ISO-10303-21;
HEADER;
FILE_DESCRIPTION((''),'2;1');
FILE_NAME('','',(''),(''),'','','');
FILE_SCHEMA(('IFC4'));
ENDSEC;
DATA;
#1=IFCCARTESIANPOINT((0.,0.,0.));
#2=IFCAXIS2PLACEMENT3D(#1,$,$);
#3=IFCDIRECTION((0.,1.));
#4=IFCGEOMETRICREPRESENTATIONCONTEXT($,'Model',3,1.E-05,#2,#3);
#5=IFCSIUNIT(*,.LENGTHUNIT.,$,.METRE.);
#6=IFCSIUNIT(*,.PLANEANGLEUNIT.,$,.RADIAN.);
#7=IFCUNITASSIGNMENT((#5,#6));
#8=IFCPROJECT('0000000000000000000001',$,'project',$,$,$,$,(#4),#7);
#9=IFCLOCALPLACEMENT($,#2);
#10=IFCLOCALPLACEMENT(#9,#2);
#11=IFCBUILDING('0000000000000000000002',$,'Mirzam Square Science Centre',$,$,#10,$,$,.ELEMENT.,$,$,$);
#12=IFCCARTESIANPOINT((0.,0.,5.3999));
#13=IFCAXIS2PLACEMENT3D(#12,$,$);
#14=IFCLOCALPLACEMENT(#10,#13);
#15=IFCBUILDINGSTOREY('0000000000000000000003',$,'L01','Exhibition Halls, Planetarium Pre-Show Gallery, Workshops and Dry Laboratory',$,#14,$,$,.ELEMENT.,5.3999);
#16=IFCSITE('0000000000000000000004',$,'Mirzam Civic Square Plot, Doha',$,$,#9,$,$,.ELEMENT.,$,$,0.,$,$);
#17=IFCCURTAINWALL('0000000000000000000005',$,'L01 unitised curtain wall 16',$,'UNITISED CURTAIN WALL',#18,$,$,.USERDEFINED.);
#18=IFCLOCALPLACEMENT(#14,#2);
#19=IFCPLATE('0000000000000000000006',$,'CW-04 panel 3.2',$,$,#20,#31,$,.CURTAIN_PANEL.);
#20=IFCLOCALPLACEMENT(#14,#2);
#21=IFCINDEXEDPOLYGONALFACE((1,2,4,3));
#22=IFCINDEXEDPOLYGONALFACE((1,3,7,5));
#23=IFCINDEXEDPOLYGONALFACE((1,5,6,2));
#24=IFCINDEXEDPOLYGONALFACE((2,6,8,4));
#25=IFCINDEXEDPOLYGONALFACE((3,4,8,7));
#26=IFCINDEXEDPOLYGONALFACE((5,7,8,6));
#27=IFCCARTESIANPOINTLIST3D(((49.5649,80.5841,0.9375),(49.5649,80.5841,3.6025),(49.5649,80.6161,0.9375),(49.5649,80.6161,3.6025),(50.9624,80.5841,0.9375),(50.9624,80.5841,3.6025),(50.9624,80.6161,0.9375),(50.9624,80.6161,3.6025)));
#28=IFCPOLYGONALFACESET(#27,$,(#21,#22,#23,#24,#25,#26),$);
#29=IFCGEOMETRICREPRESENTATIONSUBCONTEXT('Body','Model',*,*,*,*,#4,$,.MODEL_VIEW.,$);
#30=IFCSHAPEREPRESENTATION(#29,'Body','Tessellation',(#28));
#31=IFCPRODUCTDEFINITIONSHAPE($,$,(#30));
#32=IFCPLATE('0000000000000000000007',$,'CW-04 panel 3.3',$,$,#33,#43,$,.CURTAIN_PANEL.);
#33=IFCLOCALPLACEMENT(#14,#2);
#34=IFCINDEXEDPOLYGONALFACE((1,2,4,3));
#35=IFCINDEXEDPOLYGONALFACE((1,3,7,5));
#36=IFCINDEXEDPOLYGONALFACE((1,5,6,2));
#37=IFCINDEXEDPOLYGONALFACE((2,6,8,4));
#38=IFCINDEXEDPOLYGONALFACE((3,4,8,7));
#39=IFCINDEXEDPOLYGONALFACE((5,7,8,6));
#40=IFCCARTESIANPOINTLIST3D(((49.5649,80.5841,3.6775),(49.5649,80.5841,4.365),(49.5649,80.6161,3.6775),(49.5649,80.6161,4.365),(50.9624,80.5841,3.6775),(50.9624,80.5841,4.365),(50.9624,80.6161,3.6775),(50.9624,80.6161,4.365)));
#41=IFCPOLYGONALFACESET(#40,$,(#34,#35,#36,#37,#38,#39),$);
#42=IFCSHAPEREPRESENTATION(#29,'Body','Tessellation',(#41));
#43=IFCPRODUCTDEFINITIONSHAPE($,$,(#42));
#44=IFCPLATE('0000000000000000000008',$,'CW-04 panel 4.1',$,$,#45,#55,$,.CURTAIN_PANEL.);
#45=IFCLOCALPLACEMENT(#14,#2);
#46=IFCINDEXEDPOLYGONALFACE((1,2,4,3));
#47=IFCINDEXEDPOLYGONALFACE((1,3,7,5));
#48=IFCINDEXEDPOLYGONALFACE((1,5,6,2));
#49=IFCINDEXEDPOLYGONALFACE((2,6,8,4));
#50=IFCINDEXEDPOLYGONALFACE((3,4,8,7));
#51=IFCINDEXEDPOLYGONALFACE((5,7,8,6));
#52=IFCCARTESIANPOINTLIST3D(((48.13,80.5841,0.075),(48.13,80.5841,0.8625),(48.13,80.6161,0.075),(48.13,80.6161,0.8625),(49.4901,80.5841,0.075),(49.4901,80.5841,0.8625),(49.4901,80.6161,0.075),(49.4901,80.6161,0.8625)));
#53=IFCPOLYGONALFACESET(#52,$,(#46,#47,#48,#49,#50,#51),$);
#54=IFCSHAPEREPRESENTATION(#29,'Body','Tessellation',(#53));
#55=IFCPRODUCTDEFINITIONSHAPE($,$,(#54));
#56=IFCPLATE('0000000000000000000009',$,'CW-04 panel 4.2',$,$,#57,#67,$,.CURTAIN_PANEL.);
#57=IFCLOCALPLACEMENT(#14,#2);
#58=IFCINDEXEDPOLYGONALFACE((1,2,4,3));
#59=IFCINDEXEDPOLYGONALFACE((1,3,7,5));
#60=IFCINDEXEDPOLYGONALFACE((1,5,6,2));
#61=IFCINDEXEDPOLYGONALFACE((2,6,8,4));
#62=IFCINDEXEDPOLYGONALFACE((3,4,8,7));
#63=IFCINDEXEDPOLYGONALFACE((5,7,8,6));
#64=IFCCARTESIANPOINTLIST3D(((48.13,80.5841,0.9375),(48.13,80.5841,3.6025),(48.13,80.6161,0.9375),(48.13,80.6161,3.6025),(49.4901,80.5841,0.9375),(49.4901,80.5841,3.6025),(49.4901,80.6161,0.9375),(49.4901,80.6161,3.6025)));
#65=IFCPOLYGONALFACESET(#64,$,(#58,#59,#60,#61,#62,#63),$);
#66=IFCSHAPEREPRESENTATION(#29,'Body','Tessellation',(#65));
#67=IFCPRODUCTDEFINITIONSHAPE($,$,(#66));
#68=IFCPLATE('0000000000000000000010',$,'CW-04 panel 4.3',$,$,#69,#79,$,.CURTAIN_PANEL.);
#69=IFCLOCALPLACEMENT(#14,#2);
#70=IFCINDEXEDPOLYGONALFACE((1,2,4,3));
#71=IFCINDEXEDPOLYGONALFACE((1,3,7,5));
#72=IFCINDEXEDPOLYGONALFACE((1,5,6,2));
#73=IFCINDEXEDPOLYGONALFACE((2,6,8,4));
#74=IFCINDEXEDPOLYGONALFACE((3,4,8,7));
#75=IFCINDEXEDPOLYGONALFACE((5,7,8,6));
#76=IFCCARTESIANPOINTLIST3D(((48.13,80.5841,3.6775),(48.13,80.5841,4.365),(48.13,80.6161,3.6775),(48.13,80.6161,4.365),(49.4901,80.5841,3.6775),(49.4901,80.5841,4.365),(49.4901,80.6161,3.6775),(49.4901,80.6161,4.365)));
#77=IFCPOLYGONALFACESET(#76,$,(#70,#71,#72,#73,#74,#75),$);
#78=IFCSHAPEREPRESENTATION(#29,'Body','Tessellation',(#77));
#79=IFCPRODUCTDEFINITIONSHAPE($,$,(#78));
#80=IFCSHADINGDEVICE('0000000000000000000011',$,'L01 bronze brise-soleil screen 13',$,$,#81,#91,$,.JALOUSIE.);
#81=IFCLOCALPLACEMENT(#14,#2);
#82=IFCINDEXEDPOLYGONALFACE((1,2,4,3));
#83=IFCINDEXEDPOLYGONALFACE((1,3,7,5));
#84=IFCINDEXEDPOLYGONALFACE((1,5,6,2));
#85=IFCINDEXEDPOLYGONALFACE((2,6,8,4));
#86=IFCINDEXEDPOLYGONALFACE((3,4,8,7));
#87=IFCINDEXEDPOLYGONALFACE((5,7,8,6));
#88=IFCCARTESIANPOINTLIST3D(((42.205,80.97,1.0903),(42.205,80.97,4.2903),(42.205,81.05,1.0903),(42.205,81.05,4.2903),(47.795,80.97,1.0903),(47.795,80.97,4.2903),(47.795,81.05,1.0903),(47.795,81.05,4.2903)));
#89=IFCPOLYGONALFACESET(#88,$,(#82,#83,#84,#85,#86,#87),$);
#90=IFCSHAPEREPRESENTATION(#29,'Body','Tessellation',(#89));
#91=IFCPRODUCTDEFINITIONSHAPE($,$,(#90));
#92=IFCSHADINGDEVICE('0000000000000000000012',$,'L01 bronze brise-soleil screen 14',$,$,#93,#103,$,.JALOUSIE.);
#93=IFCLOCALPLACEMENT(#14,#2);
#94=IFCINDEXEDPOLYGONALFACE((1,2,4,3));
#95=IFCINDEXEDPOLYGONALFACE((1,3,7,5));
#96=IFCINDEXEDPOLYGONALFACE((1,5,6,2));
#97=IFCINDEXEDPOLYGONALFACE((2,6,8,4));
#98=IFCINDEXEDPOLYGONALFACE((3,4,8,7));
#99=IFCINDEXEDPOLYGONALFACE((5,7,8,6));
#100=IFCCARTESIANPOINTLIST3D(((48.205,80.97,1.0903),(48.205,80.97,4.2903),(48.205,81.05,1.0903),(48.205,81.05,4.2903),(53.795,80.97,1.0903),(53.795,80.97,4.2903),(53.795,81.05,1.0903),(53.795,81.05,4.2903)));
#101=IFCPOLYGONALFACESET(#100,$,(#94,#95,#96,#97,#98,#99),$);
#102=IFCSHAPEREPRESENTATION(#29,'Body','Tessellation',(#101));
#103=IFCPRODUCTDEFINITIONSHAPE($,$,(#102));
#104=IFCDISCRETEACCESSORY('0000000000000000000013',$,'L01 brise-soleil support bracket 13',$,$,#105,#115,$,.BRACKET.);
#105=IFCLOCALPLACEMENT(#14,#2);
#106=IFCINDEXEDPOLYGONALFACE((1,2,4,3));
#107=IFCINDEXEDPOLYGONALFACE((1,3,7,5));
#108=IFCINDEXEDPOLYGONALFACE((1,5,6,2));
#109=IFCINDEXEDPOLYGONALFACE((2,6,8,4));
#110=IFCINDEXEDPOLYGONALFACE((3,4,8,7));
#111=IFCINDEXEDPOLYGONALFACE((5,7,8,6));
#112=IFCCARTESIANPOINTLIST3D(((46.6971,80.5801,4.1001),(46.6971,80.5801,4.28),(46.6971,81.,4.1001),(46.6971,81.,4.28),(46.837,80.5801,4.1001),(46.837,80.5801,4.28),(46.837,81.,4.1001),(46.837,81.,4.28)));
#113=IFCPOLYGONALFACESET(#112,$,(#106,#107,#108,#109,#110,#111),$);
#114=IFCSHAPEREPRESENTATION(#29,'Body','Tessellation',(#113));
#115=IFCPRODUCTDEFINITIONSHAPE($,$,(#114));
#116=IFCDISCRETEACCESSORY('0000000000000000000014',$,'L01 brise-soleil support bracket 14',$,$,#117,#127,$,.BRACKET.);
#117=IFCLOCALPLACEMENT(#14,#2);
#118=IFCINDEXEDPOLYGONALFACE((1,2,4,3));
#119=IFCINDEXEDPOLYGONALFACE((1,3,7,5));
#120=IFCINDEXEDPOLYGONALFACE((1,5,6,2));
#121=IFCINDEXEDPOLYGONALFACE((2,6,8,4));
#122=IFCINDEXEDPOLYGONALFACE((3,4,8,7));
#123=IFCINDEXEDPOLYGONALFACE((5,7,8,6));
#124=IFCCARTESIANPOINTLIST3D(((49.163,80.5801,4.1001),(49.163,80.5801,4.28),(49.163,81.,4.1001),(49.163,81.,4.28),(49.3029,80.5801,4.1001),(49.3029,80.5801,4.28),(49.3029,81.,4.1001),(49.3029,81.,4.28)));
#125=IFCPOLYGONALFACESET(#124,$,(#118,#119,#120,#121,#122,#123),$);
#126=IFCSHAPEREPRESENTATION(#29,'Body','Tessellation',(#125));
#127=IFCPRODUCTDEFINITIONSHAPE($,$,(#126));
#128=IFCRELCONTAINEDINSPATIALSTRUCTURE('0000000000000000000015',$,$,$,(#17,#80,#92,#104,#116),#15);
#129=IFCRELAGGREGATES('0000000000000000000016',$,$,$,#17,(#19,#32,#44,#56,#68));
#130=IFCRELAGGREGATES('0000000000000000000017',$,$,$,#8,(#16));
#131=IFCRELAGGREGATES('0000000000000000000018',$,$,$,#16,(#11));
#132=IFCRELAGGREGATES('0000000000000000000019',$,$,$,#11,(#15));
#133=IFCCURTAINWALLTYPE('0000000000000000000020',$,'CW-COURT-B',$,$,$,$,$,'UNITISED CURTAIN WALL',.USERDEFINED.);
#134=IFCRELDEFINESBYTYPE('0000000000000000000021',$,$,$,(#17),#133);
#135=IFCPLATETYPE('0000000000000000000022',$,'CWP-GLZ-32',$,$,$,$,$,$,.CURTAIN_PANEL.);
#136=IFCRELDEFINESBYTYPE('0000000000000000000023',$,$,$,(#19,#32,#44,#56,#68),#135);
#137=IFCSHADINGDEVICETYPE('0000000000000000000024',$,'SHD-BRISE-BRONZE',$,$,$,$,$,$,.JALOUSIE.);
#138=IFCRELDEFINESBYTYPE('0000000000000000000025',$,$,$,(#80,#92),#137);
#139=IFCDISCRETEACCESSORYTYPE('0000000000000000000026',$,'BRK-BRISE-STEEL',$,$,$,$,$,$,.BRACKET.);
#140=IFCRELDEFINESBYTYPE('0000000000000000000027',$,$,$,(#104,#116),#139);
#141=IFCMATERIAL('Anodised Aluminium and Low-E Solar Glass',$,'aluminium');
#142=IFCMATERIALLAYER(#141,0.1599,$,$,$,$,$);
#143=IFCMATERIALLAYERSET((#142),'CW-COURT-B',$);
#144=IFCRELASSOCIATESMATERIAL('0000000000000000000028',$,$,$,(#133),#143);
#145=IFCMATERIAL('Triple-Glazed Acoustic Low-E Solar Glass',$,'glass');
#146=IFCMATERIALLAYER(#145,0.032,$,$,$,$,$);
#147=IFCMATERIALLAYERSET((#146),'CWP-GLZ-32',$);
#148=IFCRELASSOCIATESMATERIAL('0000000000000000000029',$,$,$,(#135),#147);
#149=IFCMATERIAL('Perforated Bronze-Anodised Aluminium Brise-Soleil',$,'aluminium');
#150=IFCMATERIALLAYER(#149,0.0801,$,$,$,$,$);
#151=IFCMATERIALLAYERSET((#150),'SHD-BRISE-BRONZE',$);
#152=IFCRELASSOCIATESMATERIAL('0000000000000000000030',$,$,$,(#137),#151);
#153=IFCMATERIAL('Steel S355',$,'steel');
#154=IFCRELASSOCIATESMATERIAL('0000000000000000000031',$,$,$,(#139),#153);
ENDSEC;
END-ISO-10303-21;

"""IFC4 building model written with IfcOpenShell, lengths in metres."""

from ifc_helpers import new_model, si_unit, direction, frame, origin, origin_2d, place, context, subcontext, project, spatial, rectangle, extrude, material, layer, layer_set, type_object, element, aggregate, save


model = new_model("IFC4")

# Units and contexts
model_context = context("Model", 3, precision=1e-05, world=origin(), true_north=direction((0.0, 1.0)))
body_context = subcontext(model_context, "Body", "Model", "MODEL_VIEW")
ifc_project = project(units=[si_unit("LENGTHUNIT", "METRE"), si_unit("PLANEANGLEUNIT", "RADIAN")], contexts=[model_context])

# Site, building, storey
site_placement = place(None, origin())
site = spatial("IfcSite", under=ifc_project, at=site_placement, Name="Mirzam Civic Square Plot, Doha", CompositionType="ELEMENT", RefElevation=0.0)
building_placement = place(site_placement, origin())
building = spatial("IfcBuilding", under=site, at=building_placement, Name="Mirzam Square Science Centre", CompositionType="ELEMENT")
storey_placement = place(building_placement, frame((0.0, 0.0, 5.3999)))
storey = spatial("IfcBuildingStorey", under=building, at=storey_placement, Name="L01", Description="Exhibition Halls, Planetarium Pre-Show Gallery, Workshops and Dry Laboratory", CompositionType="ELEMENT", Elevation=5.3999)

# Curtain wall, plates
ifc_material_1 = material(Name="Anodised Aluminium and Low-E Solar Glass", Category="aluminium")
ifc_layer_1 = layer(ifc_material_1, 0.1599)
ifc_layer_set_1 = layer_set([ifc_layer_1], Name="CW-COURT-B")
curtain_wall_type = type_object("IfcCurtainWallType", Name="CW-COURT-B", ElementType="UNITISED CURTAIN WALL", PredefinedType="USERDEFINED", material=ifc_layer_set_1)
curtain_wall_placement = place(storey_placement, origin())
curtain_wall = element("IfcCurtainWall", 1, at=curtain_wall_placement, inside=storey, type_object=curtain_wall_type, Name="L01 unitised curtain wall 16", ObjectType="UNITISED CURTAIN WALL", PredefinedType="USERDEFINED")
ifc_material_2 = material(Name="Triple-Glazed Acoustic Low-E Solar Glass", Category="glass")
ifc_layer_2 = layer(ifc_material_2, 0.032)
ifc_layer_set_2 = layer_set([ifc_layer_2], Name="CWP-GLZ-32")
plate_type = type_object("IfcPlateType", Name="CWP-GLZ-32", PredefinedType="CURTAIN_PANEL", material=ifc_layer_set_2)
plate_1_placement = place(storey_placement, frame((50.2637, 80.6001, 0.9375), z_axis=(0.0, 0.0, 1.0), x_axis=(-1.0, 0.0, 0.0)))
plate_1 = element("IfcPlate", 2, at=plate_1_placement, type_object=plate_type, Name="CW-04 panel 3.2", PredefinedType="CURTAIN_PANEL", context=body_context, shape_type="SweptSolid", body=[
    extrude(rectangle(XDim=1.3975, YDim=0.032, at=origin_2d()), origin(), (0.0, 0.0, 1.0), 2.665),
])
plate_2_placement = place(storey_placement, frame((50.2637, 80.6001, 3.6775), z_axis=(0.0, 0.0, 1.0), x_axis=(-1.0, 0.0, 0.0)))
plate_2 = element("IfcPlate", 3, at=plate_2_placement, type_object=plate_type, Name="CW-04 panel 3.3", PredefinedType="CURTAIN_PANEL", context=body_context, shape_type="SweptSolid", body=[
    extrude(rectangle(XDim=1.3975, YDim=0.032, at=origin_2d()), origin(), (0.0, 0.0, 1.0), 0.6875),
])
plate_3_placement = place(storey_placement, frame((48.8101, 80.6001, 0.075), z_axis=(0.0, 0.0, 1.0), x_axis=(-1.0, 0.0, 0.0)))
plate_3 = element("IfcPlate", 4, at=plate_3_placement, type_object=plate_type, Name="CW-04 panel 4.1", PredefinedType="CURTAIN_PANEL", context=body_context, shape_type="SweptSolid", body=[
    extrude(rectangle(XDim=1.3601, YDim=0.032, at=origin_2d()), origin(), (0.0, 0.0, 1.0), 0.7876),
])
plate_4_placement = place(storey_placement, frame((48.8101, 80.6001, 0.9375), z_axis=(0.0, 0.0, 1.0), x_axis=(-1.0, 0.0, 0.0)))
plate_4 = element("IfcPlate", 5, at=plate_4_placement, type_object=plate_type, Name="CW-04 panel 4.2", PredefinedType="CURTAIN_PANEL", context=body_context, shape_type="SweptSolid", body=[
    extrude(rectangle(XDim=1.3601, YDim=0.032, at=origin_2d()), origin(), (0.0, 0.0, 1.0), 2.665),
])
plate_5_placement = place(storey_placement, frame((48.8101, 80.6001, 3.6775), z_axis=(0.0, 0.0, 1.0), x_axis=(-1.0, 0.0, 0.0)))
plate_5 = element("IfcPlate", 6, at=plate_5_placement, type_object=plate_type, Name="CW-04 panel 4.3", PredefinedType="CURTAIN_PANEL", context=body_context, shape_type="SweptSolid", body=[
    extrude(rectangle(XDim=1.3601, YDim=0.032, at=origin_2d()), origin(), (0.0, 0.0, 1.0), 0.6875),
])
aggregate(curtain_wall, [plate_1, plate_2, plate_3, plate_4, plate_5])

# Shading devices
ifc_material_3 = material(Name="Perforated Bronze-Anodised Aluminium Brise-Soleil", Category="aluminium")
ifc_layer_3 = layer(ifc_material_3, 0.0801)
ifc_layer_set_3 = layer_set([ifc_layer_3], Name="SHD-BRISE-BRONZE")
shading_device_type = type_object("IfcShadingDeviceType", Name="SHD-BRISE-BRONZE", PredefinedType="JALOUSIE", material=ifc_layer_set_3)
for number, where, z_axis, x_axis, name in (
    (7, (45.0, 81.01, 1.0903), (0.0, 0.0, 1.0), (-1.0, 0.0, 0.0), "L01 bronze brise-soleil screen 13"),
    (8, (51.0, 81.01, 1.0903), (0.0, 0.0, 1.0), (-1.0, 0.0, 0.0), "L01 bronze brise-soleil screen 14"),
):
    element("IfcShadingDevice", number, at=place(storey_placement, frame(where, z_axis=z_axis, x_axis=x_axis)), inside=storey, type_object=shading_device_type, Name=name, PredefinedType="JALOUSIE", context=body_context, shape_type="SweptSolid", body=[
        extrude(rectangle(XDim=5.5901, YDim=0.0801, at=origin_2d()), origin(), (0.0, 0.0, 1.0), 3.2),
    ])

# Discrete accessories
ifc_material_4 = material(Name="Steel S355", Category="steel")
discrete_accessory_type = type_object("IfcDiscreteAccessoryType", Name="BRK-BRISE-STEEL", PredefinedType="BRACKET", material=ifc_material_4)
for number, where, z_axis, x_axis, name in (
    (9, (46.7671, 80.79, 4.1001), (0.0, 0.0, 1.0), (-1.0, 0.0, 0.0), "L01 brise-soleil support bracket 13"),
    (10, (49.2329, 80.79, 4.1001), (0.0, 0.0, 1.0), (-1.0, 0.0, 0.0), "L01 brise-soleil support bracket 14"),
):
    element("IfcDiscreteAccessory", number, at=place(storey_placement, frame(where, z_axis=z_axis, x_axis=x_axis)), inside=storey, type_object=discrete_accessory_type, Name=name, PredefinedType="BRACKET", context=body_context, shape_type="SweptSolid", body=[
        extrude(rectangle(XDim=0.1399, YDim=0.4199, at=origin_2d()), origin(), (0.0, 0.0, 1.0), 0.1799),
    ])

save(model, "model.ifc")
